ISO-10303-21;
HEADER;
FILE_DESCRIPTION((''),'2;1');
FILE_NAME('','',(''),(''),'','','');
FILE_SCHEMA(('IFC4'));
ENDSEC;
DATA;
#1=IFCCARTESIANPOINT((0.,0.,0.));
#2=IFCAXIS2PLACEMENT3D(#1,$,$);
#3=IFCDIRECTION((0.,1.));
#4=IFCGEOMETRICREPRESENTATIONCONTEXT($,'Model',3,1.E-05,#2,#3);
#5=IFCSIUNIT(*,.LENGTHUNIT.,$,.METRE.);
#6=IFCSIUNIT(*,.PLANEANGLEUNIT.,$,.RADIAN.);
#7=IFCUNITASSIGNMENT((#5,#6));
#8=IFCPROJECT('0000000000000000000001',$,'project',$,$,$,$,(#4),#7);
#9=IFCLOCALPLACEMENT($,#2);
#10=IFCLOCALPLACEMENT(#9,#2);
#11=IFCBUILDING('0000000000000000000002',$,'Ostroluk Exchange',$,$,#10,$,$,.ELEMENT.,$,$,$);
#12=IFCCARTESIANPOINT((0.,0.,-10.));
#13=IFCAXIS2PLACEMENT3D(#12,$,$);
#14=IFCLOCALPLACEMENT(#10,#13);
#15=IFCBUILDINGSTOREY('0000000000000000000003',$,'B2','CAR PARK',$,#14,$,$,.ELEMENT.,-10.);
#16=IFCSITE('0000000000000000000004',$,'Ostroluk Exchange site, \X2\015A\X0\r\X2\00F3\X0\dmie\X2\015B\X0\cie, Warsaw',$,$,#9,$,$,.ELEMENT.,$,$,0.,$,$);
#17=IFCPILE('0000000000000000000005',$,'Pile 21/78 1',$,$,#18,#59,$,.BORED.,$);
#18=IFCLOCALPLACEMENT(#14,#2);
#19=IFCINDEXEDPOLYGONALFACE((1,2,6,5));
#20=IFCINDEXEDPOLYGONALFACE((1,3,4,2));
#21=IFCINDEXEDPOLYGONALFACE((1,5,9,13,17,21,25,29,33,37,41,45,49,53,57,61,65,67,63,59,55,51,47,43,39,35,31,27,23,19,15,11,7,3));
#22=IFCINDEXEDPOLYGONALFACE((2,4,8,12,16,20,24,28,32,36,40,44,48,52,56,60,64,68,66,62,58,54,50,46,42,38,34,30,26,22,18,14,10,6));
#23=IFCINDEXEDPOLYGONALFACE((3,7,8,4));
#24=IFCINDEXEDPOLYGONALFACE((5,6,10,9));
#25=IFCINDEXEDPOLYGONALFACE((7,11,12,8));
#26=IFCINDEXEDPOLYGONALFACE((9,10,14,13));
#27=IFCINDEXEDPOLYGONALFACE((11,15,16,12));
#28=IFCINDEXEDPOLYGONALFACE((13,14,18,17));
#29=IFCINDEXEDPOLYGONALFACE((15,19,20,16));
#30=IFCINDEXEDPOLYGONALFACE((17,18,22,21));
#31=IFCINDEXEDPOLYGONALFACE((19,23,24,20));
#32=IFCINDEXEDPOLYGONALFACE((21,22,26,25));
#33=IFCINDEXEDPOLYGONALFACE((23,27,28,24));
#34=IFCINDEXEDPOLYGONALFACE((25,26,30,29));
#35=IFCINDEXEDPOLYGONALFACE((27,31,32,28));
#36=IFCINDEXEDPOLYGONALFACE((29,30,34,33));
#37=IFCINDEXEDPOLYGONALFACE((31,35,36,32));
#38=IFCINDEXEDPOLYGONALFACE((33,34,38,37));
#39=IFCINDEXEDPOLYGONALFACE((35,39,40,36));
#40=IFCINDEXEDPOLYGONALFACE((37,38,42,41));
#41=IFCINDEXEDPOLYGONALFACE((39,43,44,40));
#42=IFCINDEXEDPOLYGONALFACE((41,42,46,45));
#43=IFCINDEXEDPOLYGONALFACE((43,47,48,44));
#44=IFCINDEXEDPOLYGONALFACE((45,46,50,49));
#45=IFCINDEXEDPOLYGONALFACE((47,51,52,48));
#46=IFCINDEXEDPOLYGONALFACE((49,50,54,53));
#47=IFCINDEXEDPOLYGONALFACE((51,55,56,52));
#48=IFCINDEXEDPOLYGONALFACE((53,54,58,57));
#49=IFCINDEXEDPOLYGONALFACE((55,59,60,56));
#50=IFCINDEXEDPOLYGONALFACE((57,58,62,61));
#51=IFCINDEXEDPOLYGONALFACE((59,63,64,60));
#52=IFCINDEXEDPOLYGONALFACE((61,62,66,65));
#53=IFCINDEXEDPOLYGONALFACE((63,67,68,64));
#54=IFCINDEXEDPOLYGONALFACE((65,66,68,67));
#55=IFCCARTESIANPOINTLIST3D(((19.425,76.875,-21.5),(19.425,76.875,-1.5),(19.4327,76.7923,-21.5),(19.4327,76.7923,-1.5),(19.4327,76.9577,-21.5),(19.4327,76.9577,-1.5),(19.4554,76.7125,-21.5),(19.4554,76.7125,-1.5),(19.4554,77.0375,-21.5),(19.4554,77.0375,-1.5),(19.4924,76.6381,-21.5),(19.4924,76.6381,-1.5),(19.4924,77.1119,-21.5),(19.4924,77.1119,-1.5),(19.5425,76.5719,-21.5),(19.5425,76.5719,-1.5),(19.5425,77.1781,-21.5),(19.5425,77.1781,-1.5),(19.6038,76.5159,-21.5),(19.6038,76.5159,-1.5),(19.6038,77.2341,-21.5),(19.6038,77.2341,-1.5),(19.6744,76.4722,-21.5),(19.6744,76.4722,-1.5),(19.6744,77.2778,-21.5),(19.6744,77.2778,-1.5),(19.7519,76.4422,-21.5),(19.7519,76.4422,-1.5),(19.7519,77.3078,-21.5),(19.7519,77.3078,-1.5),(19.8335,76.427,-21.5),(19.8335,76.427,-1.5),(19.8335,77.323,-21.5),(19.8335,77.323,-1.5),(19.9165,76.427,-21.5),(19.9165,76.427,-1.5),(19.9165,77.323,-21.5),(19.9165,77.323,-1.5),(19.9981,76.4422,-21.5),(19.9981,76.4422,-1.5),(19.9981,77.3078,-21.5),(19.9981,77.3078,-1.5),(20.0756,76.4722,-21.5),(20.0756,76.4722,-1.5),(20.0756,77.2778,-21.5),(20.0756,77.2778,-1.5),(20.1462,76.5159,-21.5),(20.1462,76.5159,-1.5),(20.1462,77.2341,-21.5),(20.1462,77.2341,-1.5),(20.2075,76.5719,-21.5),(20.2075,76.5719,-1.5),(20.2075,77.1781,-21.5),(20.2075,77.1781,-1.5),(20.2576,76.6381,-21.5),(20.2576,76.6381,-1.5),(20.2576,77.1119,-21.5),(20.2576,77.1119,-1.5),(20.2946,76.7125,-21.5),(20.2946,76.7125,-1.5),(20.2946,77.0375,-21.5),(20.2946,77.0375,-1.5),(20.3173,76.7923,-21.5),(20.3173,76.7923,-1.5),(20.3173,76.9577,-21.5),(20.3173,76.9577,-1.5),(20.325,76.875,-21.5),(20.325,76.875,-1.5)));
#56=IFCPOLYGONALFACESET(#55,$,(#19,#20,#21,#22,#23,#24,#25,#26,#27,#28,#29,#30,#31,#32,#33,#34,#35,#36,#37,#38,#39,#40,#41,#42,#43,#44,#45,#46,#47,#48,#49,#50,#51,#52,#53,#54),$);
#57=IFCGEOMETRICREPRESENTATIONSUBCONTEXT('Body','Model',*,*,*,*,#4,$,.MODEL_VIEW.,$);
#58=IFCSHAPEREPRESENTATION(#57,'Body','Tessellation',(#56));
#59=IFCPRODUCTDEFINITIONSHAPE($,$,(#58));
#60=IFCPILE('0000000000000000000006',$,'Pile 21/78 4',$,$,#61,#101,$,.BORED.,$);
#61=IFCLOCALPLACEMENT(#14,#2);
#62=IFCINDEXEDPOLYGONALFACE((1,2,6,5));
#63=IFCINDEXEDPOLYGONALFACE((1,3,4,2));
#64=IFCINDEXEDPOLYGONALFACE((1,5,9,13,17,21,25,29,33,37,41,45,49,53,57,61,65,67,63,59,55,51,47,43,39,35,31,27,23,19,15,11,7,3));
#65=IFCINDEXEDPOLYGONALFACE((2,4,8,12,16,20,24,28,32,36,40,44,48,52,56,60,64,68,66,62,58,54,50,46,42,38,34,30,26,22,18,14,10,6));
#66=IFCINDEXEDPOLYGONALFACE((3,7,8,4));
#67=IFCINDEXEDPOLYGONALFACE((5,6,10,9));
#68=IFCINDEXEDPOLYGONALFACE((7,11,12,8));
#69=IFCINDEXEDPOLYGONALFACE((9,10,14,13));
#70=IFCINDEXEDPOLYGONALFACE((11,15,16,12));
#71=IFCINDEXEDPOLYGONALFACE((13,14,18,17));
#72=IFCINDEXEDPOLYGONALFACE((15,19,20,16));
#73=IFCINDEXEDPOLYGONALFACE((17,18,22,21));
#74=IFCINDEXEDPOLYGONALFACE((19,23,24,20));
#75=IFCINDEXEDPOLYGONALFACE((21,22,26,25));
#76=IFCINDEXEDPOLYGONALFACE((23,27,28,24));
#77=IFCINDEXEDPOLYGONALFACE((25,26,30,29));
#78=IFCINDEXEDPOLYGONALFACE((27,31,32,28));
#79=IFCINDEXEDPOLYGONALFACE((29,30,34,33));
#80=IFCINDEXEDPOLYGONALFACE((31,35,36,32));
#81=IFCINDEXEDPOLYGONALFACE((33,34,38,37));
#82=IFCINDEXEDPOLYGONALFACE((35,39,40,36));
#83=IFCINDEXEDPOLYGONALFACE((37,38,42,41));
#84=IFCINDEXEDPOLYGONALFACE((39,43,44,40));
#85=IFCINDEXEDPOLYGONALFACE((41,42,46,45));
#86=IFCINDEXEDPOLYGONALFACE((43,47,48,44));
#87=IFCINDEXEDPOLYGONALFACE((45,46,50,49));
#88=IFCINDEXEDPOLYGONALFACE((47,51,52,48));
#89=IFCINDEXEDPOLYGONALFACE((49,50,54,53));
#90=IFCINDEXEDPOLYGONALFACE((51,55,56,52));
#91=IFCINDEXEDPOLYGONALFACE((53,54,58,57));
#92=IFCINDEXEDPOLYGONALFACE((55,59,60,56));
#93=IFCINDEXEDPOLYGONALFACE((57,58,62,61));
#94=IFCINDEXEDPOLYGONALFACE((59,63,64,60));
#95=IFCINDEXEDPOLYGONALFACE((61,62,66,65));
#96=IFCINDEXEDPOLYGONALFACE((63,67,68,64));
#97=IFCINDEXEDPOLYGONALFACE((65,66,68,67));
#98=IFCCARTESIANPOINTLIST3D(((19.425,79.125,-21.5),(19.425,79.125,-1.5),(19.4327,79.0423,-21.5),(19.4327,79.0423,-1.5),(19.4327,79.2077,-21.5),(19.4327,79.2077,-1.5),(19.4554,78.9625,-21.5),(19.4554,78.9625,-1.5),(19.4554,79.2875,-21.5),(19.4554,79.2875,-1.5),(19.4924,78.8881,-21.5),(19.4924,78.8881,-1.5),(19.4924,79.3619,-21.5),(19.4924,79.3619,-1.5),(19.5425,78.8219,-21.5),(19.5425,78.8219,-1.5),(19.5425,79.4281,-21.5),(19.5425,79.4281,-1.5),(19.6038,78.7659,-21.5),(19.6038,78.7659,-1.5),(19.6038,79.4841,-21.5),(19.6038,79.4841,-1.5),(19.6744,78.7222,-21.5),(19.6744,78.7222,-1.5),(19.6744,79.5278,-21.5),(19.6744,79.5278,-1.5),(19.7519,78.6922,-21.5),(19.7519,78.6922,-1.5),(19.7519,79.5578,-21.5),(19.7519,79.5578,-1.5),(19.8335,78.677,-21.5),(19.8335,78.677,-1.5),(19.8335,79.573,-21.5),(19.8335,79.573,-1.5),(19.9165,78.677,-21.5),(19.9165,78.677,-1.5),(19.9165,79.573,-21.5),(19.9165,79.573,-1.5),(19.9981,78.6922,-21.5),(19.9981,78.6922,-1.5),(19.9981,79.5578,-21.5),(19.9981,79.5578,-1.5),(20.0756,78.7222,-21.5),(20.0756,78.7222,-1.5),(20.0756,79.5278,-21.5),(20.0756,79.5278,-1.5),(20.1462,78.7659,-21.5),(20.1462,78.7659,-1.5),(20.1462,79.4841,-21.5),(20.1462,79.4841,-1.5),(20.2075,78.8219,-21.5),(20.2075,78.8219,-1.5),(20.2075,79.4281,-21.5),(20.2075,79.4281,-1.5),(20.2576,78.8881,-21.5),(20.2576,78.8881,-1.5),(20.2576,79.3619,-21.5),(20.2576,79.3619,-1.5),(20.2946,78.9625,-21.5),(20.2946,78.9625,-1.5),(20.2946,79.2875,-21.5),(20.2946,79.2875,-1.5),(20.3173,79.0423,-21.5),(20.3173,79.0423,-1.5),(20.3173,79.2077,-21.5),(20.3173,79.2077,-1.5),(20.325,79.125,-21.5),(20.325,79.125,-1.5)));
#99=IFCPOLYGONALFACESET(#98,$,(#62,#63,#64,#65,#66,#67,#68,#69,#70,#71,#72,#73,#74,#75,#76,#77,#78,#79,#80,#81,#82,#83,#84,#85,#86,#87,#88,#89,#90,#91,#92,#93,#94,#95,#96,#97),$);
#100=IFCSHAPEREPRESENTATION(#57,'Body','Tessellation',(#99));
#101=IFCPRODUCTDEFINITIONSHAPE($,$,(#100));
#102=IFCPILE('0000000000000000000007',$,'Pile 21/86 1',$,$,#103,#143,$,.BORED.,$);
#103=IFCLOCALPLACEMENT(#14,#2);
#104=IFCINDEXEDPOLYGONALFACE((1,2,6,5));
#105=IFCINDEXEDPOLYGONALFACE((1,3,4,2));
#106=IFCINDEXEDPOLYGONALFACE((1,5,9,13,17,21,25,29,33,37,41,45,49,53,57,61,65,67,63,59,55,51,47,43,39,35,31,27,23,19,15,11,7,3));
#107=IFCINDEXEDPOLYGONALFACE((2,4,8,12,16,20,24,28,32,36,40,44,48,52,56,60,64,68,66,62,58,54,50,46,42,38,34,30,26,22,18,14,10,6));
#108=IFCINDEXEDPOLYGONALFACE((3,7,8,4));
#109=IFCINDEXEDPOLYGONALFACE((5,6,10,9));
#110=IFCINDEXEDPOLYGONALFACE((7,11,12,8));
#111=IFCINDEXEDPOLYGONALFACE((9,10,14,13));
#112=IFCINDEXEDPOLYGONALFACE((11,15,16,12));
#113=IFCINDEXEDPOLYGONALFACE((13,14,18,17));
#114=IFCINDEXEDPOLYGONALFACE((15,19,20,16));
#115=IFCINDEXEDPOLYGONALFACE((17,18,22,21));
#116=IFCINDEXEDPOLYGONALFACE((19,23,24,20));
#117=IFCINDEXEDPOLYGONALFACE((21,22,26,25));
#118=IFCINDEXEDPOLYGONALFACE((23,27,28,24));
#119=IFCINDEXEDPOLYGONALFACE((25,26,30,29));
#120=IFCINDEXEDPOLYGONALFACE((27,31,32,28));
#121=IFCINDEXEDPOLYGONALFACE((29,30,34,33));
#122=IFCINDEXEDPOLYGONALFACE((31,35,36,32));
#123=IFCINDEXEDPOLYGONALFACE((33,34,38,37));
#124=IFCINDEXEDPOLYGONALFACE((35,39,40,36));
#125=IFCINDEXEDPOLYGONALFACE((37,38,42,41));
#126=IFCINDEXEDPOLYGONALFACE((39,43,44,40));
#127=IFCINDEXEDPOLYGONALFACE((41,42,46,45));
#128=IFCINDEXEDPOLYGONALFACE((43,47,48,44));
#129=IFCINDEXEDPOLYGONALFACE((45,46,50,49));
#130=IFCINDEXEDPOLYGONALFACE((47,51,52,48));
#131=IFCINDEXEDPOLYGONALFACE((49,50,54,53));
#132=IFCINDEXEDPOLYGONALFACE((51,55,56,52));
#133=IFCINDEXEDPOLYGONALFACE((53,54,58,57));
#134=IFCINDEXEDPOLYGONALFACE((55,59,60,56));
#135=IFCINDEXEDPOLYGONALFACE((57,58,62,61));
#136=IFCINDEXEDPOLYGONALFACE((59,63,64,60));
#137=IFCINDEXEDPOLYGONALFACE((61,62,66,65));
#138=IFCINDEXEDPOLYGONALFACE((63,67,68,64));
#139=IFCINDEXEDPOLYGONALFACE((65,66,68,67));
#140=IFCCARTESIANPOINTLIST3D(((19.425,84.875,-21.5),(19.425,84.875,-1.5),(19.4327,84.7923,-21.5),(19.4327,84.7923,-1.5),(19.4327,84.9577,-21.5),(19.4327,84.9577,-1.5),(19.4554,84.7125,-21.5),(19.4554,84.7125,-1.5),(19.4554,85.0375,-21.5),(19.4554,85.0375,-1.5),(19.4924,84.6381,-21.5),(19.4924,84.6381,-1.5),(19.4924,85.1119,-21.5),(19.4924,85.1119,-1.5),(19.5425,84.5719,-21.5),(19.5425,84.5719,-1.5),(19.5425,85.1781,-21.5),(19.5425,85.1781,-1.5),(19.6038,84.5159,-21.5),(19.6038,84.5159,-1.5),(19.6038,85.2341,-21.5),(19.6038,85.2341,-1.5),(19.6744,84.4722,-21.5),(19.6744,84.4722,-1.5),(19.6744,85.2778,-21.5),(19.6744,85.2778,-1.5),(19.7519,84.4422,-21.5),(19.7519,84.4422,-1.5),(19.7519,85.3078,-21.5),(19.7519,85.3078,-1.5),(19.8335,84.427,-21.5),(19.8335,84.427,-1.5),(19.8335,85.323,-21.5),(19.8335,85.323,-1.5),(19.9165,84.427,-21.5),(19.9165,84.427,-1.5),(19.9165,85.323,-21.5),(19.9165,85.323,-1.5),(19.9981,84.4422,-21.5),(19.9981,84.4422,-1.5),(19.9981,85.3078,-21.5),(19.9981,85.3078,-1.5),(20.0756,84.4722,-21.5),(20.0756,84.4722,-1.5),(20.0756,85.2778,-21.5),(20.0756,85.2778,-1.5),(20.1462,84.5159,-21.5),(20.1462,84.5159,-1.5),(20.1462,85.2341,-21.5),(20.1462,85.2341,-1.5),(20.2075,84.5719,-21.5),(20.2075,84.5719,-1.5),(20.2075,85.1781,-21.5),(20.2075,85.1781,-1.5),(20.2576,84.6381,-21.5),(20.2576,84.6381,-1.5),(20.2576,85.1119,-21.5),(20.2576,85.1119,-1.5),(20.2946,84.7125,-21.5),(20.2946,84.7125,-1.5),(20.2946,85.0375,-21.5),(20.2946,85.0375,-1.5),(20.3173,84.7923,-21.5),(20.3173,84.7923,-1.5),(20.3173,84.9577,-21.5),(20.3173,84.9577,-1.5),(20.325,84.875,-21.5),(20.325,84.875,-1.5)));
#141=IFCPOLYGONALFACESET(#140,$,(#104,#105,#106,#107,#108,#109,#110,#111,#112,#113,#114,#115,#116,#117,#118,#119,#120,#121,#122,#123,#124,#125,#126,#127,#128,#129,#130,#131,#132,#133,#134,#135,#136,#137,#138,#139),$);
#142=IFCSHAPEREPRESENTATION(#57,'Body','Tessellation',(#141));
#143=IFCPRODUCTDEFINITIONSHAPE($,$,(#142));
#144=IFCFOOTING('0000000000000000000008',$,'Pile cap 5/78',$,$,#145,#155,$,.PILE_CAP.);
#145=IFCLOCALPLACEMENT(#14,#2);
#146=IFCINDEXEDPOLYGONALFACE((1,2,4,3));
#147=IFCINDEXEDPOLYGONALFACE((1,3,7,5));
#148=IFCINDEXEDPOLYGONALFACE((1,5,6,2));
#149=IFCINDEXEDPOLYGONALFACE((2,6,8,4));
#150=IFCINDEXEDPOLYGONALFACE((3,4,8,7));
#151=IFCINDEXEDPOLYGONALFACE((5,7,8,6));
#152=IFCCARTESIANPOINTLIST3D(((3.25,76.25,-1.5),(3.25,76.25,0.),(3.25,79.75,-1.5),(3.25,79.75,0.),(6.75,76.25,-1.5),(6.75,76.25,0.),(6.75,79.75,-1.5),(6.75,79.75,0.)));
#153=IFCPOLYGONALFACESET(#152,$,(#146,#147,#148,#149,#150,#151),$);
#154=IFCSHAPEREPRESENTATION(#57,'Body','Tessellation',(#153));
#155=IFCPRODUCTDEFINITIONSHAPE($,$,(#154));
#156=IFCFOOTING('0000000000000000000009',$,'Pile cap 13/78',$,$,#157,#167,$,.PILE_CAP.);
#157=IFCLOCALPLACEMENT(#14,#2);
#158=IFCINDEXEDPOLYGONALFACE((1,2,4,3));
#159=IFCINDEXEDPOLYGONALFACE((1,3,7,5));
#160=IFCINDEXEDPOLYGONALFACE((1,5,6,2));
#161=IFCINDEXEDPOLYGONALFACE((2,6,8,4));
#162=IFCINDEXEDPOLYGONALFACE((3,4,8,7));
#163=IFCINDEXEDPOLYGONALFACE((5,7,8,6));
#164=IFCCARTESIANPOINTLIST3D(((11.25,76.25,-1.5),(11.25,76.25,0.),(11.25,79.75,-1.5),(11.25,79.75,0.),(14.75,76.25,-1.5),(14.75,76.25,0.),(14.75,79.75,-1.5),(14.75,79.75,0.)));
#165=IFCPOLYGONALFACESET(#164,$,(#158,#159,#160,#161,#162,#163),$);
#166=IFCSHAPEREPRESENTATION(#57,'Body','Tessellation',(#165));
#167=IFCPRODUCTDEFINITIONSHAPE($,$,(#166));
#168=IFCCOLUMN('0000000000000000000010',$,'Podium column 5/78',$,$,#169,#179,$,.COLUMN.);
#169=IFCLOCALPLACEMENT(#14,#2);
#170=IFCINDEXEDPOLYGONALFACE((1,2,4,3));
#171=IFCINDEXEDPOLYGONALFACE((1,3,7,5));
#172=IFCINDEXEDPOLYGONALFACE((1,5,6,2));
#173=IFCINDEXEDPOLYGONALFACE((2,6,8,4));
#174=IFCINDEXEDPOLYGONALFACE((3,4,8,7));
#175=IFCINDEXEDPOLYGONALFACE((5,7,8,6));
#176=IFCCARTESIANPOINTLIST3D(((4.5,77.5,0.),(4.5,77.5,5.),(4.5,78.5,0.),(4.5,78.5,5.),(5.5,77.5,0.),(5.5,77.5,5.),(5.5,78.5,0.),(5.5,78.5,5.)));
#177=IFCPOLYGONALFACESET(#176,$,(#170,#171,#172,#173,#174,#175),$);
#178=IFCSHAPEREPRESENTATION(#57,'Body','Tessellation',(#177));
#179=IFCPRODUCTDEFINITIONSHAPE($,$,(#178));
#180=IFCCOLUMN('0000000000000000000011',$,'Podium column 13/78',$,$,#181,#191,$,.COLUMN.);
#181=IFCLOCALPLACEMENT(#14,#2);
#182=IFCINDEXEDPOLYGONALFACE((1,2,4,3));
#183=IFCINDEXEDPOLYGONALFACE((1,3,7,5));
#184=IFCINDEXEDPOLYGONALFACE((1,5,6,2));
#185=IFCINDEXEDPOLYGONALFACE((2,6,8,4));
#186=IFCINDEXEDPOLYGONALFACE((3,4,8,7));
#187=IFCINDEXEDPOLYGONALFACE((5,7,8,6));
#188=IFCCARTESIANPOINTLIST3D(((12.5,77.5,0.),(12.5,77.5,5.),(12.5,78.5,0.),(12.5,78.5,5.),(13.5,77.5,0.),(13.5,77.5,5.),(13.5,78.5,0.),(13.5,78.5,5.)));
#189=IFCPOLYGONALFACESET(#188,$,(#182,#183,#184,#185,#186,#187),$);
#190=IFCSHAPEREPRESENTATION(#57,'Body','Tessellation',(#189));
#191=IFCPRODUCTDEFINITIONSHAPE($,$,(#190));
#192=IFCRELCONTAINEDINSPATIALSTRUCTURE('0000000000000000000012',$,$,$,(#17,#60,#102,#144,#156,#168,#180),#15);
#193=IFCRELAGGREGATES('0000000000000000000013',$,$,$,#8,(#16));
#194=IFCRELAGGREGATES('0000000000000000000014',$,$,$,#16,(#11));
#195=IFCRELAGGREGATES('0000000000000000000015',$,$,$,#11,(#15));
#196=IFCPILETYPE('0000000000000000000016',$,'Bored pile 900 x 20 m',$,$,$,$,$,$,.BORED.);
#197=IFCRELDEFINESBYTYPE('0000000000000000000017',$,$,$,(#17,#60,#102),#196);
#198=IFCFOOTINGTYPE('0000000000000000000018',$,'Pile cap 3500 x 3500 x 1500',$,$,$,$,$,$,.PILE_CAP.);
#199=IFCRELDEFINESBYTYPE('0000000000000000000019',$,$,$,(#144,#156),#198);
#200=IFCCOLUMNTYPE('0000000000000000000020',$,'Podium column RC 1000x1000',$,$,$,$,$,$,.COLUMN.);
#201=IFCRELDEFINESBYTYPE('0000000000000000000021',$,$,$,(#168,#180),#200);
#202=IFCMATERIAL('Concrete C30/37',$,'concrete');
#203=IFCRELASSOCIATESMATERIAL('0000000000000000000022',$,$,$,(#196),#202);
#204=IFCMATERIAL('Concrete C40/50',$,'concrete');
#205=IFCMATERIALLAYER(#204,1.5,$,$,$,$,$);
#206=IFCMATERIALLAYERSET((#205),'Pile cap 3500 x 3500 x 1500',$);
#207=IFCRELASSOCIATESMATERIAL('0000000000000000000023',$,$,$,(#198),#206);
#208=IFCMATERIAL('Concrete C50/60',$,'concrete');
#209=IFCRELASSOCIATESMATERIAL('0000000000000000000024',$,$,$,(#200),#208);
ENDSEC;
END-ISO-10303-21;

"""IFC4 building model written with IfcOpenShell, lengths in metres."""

from ifc_helpers import new_model, si_unit, direction, frame, origin, origin_2d, place, context, subcontext, project, spatial, rectangle, circle, extrude, material, layer, layer_set, material_profile, profile_set, type_object, element, save


model = new_model("IFC4")

# Units and contexts
model_context = context("Model", 3, precision=1e-05, world=origin(), true_north=direction((0.0, 1.0)))
body_context = subcontext(model_context, "Body", "Model", "MODEL_VIEW")
ifc_project = project(units=[si_unit("LENGTHUNIT", "METRE"), si_unit("PLANEANGLEUNIT", "RADIAN")], contexts=[model_context])

# Site, building, storey
site_placement = place(None, origin())
site = spatial("IfcSite", under=ifc_project, at=site_placement, Name="Ostroluk Exchange site, Śródmieście, Warsaw", CompositionType="ELEMENT", RefElevation=0.0)
building_placement = place(site_placement, origin())
building = spatial("IfcBuilding", under=site, at=building_placement, Name="Ostroluk Exchange", CompositionType="ELEMENT")
storey_placement = place(building_placement, frame((0.0, 0.0, -10.0)))
storey = spatial("IfcBuildingStorey", under=building, at=storey_placement, Name="B2", Description="CAR PARK", CompositionType="ELEMENT", Elevation=-10.0)

# Piles
ifc_material_1 = material(Name="Concrete C30/37", Category="concrete")
pile_type_1 = type_object("IfcPileType", Name="Bored pile 900 x 20 m", PredefinedType="BORED", material=ifc_material_1)
for number, where, z_axis, x_axis, name in (
    (1, (19.875, 76.875, -1.5), (0.0, 0.0, -1.0), (1.0, 0.0, 0.0), "Pile 21/78 1"),
    (2, (19.875, 79.125, -1.5), (0.0, 0.0, -1.0), (1.0, 0.0, 0.0), "Pile 21/78 4"),
    (3, (19.875, 84.875, -1.5), (0.0, 0.0, -1.0), (1.0, 0.0, 0.0), "Pile 21/86 1"),
):
    element("IfcPile", number, at=place(storey_placement, frame(where, z_axis=z_axis, x_axis=x_axis)), inside=storey, type_object=pile_type_1, Name=name, PredefinedType="BORED", context=body_context, shape_type="SweptSolid", body=[
        extrude(circle(Radius=0.45, at=origin_2d()), origin(), (0.0, 0.0, 1.0), 20.0),
    ])

# Footings
ifc_material_2 = material(Name="Concrete C40/50", Category="concrete")
ifc_layer = layer(ifc_material_2, 1.5)
ifc_layer_set = layer_set([ifc_layer], Name="Pile cap 3500 x 3500 x 1500")
footing_type = type_object("IfcFootingType", Name="Pile cap 3500 x 3500 x 1500", PredefinedType="PILE_CAP", material=ifc_layer_set)
for number, where, z_axis, x_axis, name in (
    (4, (5.0, 78.0, -1.5), (0.0, 0.0, 1.0), (1.0, 0.0, 0.0), "Pile cap 5/78"),
    (5, (13.0, 78.0, -1.5), (0.0, 0.0, 1.0), (1.0, 0.0, 0.0), "Pile cap 13/78"),
):
    element("IfcFooting", number, at=place(storey_placement, frame(where, z_axis=z_axis, x_axis=x_axis)), inside=storey, type_object=footing_type, Name=name, PredefinedType="PILE_CAP", context=body_context, shape_type="SweptSolid", body=[
        extrude(rectangle(XDim=3.5, YDim=3.5, at=origin_2d()), origin(), (0.0, 0.0, 1.0), 1.5),
    ])

# Columns
ifc_material_3 = material(Name="Concrete C50/60", Category="concrete")
ifc_material_profile = material_profile(ifc_material_3, rectangle(XDim=1.0, YDim=1.0, at=origin_2d()), Name="RC 1000x1000")
ifc_profile_set = profile_set([ifc_material_profile], Name="Concrete C50/60")
column_type = type_object("IfcColumnType", Name="Podium column RC 1000x1000", PredefinedType="COLUMN", material=ifc_profile_set)
for number, where, z_axis, x_axis, name in (
    (6, (5.0, 78.0, 0.0), (0.0, 0.0, 1.0), (1.0, 0.0, 0.0), "Podium column 5/78"),
    (7, (13.0, 78.0, 0.0), (0.0, 0.0, 1.0), (1.0, 0.0, 0.0), "Podium column 13/78"),
):
    element("IfcColumn", number, at=place(storey_placement, frame(where, z_axis=z_axis, x_axis=x_axis)), inside=storey, type_object=column_type, Name=name, PredefinedType="COLUMN", context=body_context, shape_type="SweptSolid", body=[
        extrude(rectangle(XDim=1.0, YDim=1.0, at=origin_2d()), origin(), (0.0, 0.0, 1.0), 5.0),
    ])

save(model, "model.ifc")
